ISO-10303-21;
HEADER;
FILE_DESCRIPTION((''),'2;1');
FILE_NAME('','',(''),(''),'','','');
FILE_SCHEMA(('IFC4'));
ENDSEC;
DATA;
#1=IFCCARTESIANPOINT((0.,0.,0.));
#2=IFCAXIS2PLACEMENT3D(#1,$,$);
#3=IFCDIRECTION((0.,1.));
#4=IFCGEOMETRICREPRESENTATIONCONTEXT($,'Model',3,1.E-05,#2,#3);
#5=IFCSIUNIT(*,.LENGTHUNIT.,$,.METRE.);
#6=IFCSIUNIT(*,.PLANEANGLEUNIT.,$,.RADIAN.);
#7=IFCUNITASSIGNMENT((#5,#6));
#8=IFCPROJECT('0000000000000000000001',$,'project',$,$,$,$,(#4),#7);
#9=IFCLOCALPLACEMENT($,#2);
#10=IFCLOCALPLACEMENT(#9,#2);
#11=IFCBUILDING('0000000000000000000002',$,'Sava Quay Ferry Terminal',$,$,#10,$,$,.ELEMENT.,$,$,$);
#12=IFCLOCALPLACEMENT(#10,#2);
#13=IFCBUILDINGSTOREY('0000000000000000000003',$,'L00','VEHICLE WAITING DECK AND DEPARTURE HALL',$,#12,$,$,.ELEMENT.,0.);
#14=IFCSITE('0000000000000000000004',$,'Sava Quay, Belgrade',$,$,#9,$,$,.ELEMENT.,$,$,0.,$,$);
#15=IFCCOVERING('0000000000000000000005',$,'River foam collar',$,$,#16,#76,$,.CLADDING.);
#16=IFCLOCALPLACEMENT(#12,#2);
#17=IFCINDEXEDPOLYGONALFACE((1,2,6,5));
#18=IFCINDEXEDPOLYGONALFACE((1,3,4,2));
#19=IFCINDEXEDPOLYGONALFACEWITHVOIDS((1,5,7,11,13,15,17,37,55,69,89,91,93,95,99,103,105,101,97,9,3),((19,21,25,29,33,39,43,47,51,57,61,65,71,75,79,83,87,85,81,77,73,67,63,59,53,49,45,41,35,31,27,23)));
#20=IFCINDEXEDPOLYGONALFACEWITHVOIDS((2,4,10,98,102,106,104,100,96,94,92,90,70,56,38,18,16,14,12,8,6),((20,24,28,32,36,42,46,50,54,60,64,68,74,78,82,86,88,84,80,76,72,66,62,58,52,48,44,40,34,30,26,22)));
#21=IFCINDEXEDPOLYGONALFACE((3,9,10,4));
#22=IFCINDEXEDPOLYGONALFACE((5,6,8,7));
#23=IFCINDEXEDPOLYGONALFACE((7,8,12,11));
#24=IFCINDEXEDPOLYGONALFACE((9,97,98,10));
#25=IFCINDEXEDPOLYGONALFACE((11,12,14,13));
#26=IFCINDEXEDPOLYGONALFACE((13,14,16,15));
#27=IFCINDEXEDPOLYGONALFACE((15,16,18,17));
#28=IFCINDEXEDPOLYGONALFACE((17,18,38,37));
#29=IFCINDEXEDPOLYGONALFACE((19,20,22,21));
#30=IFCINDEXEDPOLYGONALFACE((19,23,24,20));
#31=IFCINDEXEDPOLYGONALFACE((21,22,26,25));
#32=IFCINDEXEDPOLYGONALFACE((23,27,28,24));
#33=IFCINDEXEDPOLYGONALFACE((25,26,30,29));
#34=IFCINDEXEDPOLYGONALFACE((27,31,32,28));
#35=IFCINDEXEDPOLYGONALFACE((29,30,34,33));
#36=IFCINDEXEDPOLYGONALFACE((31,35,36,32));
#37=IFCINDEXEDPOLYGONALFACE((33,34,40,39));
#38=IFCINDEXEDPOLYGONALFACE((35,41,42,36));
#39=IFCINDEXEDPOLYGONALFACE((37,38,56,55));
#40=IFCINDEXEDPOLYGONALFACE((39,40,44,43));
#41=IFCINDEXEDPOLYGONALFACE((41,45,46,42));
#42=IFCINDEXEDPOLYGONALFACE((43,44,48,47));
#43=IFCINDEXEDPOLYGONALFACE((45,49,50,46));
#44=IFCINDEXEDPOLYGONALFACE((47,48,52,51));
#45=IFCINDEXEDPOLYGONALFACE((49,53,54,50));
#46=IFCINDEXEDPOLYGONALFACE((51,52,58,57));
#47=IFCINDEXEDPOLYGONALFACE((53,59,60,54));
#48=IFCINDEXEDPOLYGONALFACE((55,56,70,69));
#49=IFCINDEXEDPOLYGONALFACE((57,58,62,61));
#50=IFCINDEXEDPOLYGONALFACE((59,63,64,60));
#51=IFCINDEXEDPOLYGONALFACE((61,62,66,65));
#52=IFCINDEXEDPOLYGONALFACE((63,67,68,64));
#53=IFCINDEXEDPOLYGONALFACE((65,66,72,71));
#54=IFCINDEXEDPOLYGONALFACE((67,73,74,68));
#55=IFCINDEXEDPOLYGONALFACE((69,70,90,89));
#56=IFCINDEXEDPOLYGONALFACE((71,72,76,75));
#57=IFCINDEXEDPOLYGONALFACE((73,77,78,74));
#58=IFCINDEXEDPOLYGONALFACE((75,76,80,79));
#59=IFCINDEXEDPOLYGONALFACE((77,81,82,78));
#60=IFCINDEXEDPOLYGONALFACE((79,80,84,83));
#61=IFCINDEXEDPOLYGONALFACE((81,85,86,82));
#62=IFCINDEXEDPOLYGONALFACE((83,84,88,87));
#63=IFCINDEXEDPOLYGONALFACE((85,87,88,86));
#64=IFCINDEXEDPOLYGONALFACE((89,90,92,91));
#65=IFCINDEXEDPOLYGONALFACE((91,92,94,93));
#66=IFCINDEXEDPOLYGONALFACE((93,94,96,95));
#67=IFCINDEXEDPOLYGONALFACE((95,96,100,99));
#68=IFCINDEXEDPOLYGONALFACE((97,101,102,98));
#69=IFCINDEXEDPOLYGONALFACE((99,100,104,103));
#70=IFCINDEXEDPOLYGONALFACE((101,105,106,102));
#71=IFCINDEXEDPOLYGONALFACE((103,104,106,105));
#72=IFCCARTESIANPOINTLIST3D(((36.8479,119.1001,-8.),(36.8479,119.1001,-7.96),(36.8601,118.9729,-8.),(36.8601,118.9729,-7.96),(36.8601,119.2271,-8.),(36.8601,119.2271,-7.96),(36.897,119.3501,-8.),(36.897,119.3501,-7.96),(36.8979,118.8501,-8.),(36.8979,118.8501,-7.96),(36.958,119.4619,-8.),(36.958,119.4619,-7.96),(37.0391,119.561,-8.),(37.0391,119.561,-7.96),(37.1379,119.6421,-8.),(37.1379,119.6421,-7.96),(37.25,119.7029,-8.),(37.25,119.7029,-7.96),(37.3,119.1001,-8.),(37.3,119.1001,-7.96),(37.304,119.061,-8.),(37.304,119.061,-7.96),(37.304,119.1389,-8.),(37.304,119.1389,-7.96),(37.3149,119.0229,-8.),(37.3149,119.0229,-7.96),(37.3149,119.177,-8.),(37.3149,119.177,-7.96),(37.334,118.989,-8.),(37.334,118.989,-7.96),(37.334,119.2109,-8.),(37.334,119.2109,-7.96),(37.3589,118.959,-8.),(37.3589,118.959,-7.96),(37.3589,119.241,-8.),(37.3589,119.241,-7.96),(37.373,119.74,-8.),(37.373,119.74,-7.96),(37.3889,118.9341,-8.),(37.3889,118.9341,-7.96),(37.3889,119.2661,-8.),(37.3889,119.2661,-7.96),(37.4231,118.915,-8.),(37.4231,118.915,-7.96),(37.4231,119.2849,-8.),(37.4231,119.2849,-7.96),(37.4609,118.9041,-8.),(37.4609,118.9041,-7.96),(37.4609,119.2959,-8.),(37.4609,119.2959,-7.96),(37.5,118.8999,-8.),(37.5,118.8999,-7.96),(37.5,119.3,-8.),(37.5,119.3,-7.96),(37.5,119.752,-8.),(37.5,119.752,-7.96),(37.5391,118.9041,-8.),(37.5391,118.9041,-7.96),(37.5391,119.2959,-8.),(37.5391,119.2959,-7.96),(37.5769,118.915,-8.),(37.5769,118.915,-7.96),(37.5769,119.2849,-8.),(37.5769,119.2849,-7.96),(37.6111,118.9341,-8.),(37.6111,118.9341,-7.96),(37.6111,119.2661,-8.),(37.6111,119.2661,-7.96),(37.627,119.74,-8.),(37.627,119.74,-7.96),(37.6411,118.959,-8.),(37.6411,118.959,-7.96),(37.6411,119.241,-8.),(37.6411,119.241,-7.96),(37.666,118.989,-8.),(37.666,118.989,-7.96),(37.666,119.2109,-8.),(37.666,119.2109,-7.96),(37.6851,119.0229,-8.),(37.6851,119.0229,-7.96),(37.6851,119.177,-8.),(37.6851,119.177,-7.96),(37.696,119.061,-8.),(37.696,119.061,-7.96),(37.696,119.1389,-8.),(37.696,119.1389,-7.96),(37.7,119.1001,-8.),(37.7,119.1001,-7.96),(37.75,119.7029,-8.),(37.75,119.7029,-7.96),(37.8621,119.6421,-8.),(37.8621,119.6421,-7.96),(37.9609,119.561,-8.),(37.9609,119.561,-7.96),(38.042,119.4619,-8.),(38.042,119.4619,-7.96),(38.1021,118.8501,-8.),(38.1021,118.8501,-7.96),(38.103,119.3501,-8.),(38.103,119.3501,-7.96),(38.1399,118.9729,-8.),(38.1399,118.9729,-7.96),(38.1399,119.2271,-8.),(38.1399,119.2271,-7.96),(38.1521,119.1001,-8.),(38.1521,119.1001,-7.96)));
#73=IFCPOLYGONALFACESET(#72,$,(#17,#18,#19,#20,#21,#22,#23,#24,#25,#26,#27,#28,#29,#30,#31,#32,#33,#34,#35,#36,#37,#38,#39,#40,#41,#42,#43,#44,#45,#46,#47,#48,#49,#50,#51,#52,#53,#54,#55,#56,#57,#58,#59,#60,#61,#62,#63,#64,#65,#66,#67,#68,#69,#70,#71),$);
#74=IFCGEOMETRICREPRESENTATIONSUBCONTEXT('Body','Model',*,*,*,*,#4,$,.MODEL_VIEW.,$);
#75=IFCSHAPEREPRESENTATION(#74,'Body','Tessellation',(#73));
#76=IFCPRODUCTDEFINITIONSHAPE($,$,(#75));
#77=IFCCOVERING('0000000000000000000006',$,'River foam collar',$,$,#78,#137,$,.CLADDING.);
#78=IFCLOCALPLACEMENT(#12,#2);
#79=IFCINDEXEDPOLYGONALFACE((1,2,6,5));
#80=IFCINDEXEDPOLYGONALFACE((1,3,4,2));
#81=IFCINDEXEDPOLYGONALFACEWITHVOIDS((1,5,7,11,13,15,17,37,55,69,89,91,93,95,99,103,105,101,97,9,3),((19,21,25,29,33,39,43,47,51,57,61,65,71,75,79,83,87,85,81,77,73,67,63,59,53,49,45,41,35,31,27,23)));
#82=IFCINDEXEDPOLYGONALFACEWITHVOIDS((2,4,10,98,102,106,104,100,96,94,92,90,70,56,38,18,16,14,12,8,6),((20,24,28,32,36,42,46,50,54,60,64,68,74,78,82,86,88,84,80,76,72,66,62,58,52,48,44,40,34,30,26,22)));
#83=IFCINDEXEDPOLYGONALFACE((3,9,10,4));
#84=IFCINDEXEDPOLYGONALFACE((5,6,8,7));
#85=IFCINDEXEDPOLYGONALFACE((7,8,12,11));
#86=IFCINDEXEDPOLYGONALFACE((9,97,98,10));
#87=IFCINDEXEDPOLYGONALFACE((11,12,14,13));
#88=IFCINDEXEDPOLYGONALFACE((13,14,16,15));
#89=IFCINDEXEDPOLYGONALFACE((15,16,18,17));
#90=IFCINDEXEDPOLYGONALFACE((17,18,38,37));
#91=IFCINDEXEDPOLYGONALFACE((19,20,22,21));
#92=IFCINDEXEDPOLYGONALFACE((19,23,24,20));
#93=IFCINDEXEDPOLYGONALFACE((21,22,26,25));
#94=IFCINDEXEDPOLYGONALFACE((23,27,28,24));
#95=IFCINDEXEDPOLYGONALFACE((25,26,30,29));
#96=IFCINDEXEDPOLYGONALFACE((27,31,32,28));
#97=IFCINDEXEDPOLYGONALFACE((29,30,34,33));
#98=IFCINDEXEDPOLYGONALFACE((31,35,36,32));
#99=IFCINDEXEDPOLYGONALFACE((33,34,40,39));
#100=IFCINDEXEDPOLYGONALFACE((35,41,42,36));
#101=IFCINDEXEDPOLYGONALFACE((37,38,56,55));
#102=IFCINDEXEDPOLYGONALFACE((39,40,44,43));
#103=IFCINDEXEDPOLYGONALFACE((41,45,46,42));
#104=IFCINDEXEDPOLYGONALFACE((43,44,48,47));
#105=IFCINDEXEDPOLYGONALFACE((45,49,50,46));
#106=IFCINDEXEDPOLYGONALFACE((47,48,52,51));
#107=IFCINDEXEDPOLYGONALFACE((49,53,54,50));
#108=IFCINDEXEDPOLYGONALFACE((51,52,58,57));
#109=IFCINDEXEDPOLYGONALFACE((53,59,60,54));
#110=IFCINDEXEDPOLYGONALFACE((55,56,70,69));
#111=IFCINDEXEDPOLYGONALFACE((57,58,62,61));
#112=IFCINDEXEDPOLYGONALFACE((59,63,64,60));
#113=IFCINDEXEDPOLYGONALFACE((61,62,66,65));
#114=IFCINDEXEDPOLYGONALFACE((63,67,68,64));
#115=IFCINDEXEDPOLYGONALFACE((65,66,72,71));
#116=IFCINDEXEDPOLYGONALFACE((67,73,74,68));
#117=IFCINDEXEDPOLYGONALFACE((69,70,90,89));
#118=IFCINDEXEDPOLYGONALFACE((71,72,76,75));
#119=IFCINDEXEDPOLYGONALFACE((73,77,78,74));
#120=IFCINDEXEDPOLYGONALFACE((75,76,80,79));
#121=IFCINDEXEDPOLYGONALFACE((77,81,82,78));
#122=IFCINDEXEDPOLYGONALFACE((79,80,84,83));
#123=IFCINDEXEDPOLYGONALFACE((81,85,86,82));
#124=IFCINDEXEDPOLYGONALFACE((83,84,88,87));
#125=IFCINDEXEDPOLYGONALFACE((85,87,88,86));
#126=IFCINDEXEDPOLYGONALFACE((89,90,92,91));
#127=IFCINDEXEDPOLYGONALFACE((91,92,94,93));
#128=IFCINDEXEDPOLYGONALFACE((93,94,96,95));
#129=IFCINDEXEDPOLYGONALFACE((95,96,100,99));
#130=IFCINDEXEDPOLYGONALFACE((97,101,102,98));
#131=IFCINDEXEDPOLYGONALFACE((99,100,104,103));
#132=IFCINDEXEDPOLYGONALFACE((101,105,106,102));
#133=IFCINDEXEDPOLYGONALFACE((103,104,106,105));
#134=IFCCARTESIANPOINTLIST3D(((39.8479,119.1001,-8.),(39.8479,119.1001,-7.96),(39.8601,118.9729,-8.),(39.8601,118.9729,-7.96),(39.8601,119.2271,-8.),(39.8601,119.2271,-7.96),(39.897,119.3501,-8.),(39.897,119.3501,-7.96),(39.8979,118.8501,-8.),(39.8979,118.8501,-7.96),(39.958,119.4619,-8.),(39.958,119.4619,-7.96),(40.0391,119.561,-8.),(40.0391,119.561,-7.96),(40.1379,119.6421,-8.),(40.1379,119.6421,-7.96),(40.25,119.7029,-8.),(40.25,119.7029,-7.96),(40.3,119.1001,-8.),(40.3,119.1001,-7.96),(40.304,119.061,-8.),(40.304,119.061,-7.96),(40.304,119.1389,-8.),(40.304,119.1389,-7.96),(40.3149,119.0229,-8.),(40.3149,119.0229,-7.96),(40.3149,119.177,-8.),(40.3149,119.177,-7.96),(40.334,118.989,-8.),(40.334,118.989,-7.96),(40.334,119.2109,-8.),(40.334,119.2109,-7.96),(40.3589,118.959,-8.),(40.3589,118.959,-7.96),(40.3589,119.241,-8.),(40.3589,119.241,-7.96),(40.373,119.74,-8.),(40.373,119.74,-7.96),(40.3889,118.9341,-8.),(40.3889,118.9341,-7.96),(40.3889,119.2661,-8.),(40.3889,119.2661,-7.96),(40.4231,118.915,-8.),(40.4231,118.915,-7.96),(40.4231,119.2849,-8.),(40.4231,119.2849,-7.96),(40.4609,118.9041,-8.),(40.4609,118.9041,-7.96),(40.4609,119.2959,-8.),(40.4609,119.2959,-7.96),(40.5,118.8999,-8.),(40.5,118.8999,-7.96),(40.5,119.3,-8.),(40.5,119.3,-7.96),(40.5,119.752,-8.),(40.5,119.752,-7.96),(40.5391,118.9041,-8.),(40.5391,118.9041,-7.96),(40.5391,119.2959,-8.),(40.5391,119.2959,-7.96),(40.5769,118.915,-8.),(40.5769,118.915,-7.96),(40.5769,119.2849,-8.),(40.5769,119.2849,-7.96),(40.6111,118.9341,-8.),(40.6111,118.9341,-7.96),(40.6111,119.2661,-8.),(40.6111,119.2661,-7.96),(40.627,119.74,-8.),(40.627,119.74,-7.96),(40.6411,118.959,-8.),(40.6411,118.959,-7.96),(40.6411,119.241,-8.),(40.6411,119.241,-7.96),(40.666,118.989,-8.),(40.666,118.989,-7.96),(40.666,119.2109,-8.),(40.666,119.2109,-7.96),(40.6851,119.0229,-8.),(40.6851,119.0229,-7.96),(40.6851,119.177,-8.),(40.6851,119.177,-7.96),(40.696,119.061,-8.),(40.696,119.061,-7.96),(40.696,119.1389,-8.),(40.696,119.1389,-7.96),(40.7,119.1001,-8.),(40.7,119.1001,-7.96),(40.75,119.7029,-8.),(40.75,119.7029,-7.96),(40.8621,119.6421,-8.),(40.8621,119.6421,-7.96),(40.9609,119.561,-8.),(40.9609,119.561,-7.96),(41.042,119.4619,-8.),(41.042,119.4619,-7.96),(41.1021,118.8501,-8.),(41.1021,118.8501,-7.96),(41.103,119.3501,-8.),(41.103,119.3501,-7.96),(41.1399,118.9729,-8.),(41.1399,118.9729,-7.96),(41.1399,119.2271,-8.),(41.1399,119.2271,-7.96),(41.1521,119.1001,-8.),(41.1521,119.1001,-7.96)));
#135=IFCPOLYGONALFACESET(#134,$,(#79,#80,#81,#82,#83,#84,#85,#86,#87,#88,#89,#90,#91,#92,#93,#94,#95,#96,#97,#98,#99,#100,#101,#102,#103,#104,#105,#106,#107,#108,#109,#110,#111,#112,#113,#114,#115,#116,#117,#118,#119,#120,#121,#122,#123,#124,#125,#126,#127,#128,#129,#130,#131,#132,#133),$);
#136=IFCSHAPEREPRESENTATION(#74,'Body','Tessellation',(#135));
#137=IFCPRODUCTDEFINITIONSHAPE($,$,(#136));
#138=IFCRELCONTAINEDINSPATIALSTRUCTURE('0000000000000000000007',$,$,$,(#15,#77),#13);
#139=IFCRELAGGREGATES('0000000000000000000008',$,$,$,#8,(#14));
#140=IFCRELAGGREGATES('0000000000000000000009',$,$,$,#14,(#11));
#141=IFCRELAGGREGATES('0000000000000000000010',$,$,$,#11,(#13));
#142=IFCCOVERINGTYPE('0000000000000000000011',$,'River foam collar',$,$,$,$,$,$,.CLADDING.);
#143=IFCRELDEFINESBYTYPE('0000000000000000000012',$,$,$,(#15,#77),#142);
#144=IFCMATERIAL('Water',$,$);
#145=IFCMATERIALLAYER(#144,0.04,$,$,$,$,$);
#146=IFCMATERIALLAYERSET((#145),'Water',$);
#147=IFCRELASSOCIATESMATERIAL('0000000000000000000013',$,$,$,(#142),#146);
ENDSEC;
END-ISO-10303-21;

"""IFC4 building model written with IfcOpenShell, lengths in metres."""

from ifc_helpers import new_model, si_unit, direction, frame, origin, place, context, subcontext, project, spatial, polyline, outline, extrude, material, layer, layer_set, type_object, element, save


model = new_model("IFC4")

# Units and contexts
model_context = context("Model", 3, precision=1e-05, world=origin(), true_north=direction((0.0, 1.0)))
body_context = subcontext(model_context, "Body", "Model", "MODEL_VIEW")
ifc_project = project(units=[si_unit("LENGTHUNIT", "METRE"), si_unit("PLANEANGLEUNIT", "RADIAN")], contexts=[model_context])

# Site, building, storey
site_placement = place(None, origin())
site = spatial("IfcSite", under=ifc_project, at=site_placement, Name="Sava Quay, Belgrade", CompositionType="ELEMENT", RefElevation=0.0)
building_placement = place(site_placement, origin())
building = spatial("IfcBuilding", under=site, at=building_placement, Name="Sava Quay Ferry Terminal", CompositionType="ELEMENT")
storey_placement = place(building_placement, origin())
storey = spatial("IfcBuildingStorey", under=building, at=storey_placement, Name="L00", Description="VEHICLE WAITING DECK AND DEPARTURE HALL", CompositionType="ELEMENT", Elevation=0.0)

# Coverings
ifc_material = material(Name="Water")
ifc_layer = layer(ifc_material, 0.04)
ifc_layer_set = layer_set([ifc_layer], Name="Water")
covering_type = type_object("IfcCoveringType", Name="River foam collar", PredefinedType="CLADDING", material=ifc_layer_set)
covering_1_placement = place(storey_placement, frame((0.0, 0.0, -8.0)))
element("IfcCovering", 1, at=covering_1_placement, inside=storey, type_object=covering_type, Name="River foam collar", PredefinedType="CLADDING", context=body_context, shape_type="SweptSolid", body=[
    extrude(outline(polyline([(37.5, 119.752), (37.373, 119.74), (37.25, 119.7029), (37.1379, 119.6421), (37.0391, 119.561), (36.958, 119.4619), (36.897, 119.3501), (36.8601, 119.2271), (36.8479, 119.1001), (36.8601, 118.9729), (36.8979, 118.8501), (38.1021, 118.8501), (38.1399, 118.9729), (38.1521, 119.1001), (38.1399, 119.2271), (38.103, 119.3501), (38.042, 119.4619), (37.9609, 119.561), (37.8621, 119.6421), (37.75, 119.7029), (37.627, 119.74), (37.5, 119.752)]), holes=[polyline([(37.3889, 119.2661), (37.4231, 119.2849), (37.4609, 119.2959), (37.5, 119.3), (37.5391, 119.2959), (37.5769, 119.2849), (37.6111, 119.2661), (37.6411, 119.241), (37.666, 119.2109), (37.6851, 119.177), (37.696, 119.1389), (37.7, 119.1001), (37.696, 119.061), (37.6851, 119.0229), (37.666, 118.989), (37.6411, 118.959), (37.6111, 118.9341), (37.5769, 118.915), (37.5391, 118.9041), (37.5, 118.8999), (37.4609, 118.9041), (37.4231, 118.915), (37.3889, 118.9341), (37.3589, 118.959), (37.334, 118.989), (37.3149, 119.0229), (37.304, 119.061), (37.3, 119.1001), (37.304, 119.1389), (37.3149, 119.177), (37.334, 119.2109), (37.3589, 119.241), (37.3889, 119.2661)])]), origin(), (0.0, 0.0, 1.0), 0.04),
])
covering_2_placement = place(storey_placement, frame((0.0, 0.0, -8.0)))
element("IfcCovering", 2, at=covering_2_placement, inside=storey, type_object=covering_type, Name="River foam collar", PredefinedType="CLADDING", context=body_context, shape_type="SweptSolid", body=[
    extrude(outline(polyline([(40.627, 119.74), (40.5, 119.752), (40.373, 119.74), (40.25, 119.7029), (40.1379, 119.6421), (40.0391, 119.561), (39.958, 119.4619), (39.897, 119.3501), (39.8601, 119.2271), (39.8479, 119.1001), (39.8601, 118.9729), (39.8979, 118.8501), (41.1021, 118.8501), (41.1399, 118.9729), (41.1521, 119.1001), (41.1399, 119.2271), (41.103, 119.3501), (41.042, 119.4619), (40.9609, 119.561), (40.8621, 119.6421), (40.75, 119.7029), (40.627, 119.74)]), holes=[polyline([(40.3589, 119.241), (40.3889, 119.2661), (40.4231, 119.2849), (40.4609, 119.2959), (40.5, 119.3), (40.5391, 119.2959), (40.5769, 119.2849), (40.6111, 119.2661), (40.6411, 119.241), (40.666, 119.2109), (40.6851, 119.177), (40.696, 119.1389), (40.7, 119.1001), (40.696, 119.061), (40.6851, 119.0229), (40.666, 118.989), (40.6411, 118.959), (40.6111, 118.9341), (40.5769, 118.915), (40.5391, 118.9041), (40.5, 118.8999), (40.4609, 118.9041), (40.4231, 118.915), (40.3889, 118.9341), (40.3589, 118.959), (40.334, 118.989), (40.3149, 119.0229), (40.304, 119.061), (40.3, 119.1001), (40.304, 119.1389), (40.3149, 119.177), (40.334, 119.2109), (40.3589, 119.241)])]), origin(), (0.0, 0.0, 1.0), 0.04),
])

save(model, "model.ifc")
